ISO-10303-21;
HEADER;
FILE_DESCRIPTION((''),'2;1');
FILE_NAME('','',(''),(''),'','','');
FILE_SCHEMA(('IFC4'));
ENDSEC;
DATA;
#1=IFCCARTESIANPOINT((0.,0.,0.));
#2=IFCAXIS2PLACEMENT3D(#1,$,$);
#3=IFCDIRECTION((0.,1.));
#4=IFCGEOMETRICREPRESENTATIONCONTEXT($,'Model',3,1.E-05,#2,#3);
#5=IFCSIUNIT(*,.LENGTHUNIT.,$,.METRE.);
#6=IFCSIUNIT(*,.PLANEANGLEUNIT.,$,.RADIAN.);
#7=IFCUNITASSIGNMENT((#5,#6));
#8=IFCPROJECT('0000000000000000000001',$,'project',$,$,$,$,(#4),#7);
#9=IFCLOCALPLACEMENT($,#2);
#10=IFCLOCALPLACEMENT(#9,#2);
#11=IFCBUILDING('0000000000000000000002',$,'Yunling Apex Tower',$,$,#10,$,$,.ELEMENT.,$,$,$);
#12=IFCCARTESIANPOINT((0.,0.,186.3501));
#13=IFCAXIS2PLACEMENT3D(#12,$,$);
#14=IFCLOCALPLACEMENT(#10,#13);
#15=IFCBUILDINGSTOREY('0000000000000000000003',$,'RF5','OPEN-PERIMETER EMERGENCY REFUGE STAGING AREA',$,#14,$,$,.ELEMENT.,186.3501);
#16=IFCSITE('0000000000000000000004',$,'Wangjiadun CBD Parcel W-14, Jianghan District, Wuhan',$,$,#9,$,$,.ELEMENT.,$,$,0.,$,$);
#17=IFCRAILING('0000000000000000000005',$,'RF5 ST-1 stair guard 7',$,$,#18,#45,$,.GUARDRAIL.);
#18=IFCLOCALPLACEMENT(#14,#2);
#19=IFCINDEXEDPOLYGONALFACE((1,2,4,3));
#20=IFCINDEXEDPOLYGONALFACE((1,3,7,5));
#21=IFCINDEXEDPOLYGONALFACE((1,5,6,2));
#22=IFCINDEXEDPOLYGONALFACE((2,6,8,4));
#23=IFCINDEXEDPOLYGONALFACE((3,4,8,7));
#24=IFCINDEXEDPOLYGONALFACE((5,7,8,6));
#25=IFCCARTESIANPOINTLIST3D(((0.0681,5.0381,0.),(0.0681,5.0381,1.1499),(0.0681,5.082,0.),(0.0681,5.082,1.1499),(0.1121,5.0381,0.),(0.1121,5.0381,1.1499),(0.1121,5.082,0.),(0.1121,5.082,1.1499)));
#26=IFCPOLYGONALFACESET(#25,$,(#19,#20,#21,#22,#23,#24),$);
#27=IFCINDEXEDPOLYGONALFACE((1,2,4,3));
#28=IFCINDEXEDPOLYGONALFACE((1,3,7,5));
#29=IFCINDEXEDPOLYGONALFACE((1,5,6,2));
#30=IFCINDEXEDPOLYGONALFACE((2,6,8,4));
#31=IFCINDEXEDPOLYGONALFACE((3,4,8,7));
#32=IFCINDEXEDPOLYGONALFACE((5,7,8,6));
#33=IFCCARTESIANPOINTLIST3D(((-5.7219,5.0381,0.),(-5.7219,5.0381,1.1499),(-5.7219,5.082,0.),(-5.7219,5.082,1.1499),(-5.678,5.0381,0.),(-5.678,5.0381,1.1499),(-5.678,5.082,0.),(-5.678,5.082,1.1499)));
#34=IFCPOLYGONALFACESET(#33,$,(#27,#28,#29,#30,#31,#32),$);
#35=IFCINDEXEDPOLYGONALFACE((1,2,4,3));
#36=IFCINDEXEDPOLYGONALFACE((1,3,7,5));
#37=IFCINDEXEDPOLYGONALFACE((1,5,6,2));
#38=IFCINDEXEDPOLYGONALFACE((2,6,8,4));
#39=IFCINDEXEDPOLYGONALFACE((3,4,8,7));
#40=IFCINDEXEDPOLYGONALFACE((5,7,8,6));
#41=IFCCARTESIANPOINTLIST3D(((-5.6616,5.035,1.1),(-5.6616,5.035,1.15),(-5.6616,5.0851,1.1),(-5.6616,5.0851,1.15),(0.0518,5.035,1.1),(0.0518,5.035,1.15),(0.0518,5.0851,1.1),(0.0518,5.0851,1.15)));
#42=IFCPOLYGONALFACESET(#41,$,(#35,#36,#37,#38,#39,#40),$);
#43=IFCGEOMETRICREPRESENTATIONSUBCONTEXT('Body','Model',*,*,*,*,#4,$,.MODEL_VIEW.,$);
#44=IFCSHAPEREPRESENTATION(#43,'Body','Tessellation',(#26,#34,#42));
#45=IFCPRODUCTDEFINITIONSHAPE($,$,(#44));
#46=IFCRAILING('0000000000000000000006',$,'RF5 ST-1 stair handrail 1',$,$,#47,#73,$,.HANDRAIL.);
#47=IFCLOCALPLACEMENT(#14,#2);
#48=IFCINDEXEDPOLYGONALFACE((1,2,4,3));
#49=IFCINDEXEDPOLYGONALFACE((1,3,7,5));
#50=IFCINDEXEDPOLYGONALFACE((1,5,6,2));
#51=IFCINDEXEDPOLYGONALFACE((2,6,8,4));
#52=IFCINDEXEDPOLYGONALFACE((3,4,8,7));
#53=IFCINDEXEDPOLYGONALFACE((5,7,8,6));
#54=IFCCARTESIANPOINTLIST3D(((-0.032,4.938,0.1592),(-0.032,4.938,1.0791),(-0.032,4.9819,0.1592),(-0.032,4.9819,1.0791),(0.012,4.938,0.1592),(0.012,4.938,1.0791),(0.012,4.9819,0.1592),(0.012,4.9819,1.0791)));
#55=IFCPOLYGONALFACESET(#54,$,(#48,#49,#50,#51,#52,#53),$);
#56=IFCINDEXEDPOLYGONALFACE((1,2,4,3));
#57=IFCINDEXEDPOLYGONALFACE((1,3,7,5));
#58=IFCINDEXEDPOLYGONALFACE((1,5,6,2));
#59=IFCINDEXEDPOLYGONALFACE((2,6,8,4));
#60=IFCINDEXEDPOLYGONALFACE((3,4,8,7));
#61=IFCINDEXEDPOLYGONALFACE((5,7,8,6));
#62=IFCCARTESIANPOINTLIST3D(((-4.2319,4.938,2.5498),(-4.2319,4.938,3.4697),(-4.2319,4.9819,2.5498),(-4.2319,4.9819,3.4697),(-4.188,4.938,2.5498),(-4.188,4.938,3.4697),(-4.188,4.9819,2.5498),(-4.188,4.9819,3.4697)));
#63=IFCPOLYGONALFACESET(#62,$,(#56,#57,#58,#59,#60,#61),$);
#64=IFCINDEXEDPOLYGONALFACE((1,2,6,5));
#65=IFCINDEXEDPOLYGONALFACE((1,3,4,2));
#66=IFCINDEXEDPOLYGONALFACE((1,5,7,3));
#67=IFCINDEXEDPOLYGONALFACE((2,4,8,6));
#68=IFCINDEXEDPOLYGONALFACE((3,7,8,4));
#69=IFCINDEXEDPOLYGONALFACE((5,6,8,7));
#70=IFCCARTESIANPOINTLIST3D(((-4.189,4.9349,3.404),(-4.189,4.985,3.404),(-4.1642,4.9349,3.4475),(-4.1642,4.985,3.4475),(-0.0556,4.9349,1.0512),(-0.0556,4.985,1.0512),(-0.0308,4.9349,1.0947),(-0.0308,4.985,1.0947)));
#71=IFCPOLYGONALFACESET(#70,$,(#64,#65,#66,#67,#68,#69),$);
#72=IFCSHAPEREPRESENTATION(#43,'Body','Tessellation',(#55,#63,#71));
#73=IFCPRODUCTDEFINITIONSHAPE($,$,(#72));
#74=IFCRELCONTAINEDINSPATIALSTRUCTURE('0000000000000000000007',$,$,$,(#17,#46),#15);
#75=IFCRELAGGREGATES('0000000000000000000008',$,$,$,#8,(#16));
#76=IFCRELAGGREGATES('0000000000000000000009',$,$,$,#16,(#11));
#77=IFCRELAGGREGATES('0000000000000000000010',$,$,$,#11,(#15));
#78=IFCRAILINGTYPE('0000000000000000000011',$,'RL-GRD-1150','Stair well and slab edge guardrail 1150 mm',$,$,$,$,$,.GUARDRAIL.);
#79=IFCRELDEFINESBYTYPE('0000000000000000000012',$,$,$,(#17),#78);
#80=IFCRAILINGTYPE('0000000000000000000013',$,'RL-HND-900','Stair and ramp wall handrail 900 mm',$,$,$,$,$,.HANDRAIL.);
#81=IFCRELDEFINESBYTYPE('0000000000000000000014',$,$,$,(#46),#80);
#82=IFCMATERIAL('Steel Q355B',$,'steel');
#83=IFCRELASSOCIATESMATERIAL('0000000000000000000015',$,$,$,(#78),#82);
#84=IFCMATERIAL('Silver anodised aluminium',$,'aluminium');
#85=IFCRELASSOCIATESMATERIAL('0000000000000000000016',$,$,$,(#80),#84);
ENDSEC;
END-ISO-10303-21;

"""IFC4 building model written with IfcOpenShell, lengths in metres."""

from ifc_helpers import new_model, si_unit, direction, frame, origin, origin_2d, place, context, subcontext, project, spatial, rectangle, extrude, material, type_object, element, save


model = new_model("IFC4")

# Units and contexts
model_context = context("Model", 3, precision=1e-05, world=origin(), true_north=direction((0.0, 1.0)))
body_context = subcontext(model_context, "Body", "Model", "MODEL_VIEW")
ifc_project = project(units=[si_unit("LENGTHUNIT", "METRE"), si_unit("PLANEANGLEUNIT", "RADIAN")], contexts=[model_context])

# Site, building, storey
site_placement = place(None, origin())
site = spatial("IfcSite", under=ifc_project, at=site_placement, Name="Wangjiadun CBD Parcel W-14, Jianghan District, Wuhan", CompositionType="ELEMENT", RefElevation=0.0)
building_placement = place(site_placement, origin())
building = spatial("IfcBuilding", under=site, at=building_placement, Name="Yunling Apex Tower", CompositionType="ELEMENT")
storey_placement = place(building_placement, frame((0.0, 0.0, 186.3501)))
storey = spatial("IfcBuildingStorey", under=building, at=storey_placement, Name="RF5", Description="OPEN-PERIMETER EMERGENCY REFUGE STAGING AREA", CompositionType="ELEMENT", Elevation=186.3501)

# Shared definitions
ifc_material_1 = material(Name="Steel Q355B", Category="steel")

# Railings
railing_type_1 = type_object("IfcRailingType", Name="RL-GRD-1150", Description="Stair well and slab edge guardrail 1150 mm", PredefinedType="GUARDRAIL", material=ifc_material_1)
railing_1_placement = place(storey_placement, frame((0.0901, 5.0601, 0.0)))
element("IfcRailing", 1, at=railing_1_placement, inside=storey, type_object=railing_type_1, Name="RF5 ST-1 stair guard 7", PredefinedType="GUARDRAIL", context=body_context, shape_type="SweptSolid", body=[
    extrude(rectangle(XDim=0.0439, YDim=0.0439, at=origin_2d()), origin(), (0.0, 0.0, 1.0), 1.1499),
    extrude(rectangle(XDim=0.0439, YDim=0.0439, at=origin_2d()), frame((-5.79, 0.0, 0.0)), (0.0, 0.0, 1.0), 1.1499),
    extrude(rectangle(XDim=0.05, YDim=0.05, at=origin_2d()), frame((-0.0383, 0.0, 1.125), z_axis=(-1.0, 0.0, 0.0), x_axis=(0.0, -1.0, 0.0)), (0.0, 0.0, 1.0), 5.7134),
])
ifc_material_2 = material(Name="Silver anodised aluminium", Category="aluminium")
railing_type_2 = type_object("IfcRailingType", Name="RL-HND-900", Description="Stair and ramp wall handrail 900 mm", PredefinedType="HANDRAIL", material=ifc_material_2)
railing_2_placement = place(storey_placement, frame((-0.01, 4.96, 0.1592)))
element("IfcRailing", 2, at=railing_2_placement, inside=storey, type_object=railing_type_2, Name="RF5 ST-1 stair handrail 1", PredefinedType="HANDRAIL", context=body_context, shape_type="SweptSolid", body=[
    extrude(rectangle(XDim=0.0439, YDim=0.0439, at=origin_2d()), origin(), (0.0, 0.0, 1.0), 0.9199),
    extrude(rectangle(XDim=0.0439, YDim=0.0439, at=origin_2d()), frame((-4.2, 0.0, 2.3906)), (0.0, 0.0, 1.0), 0.9199),
    extrude(rectangle(XDim=0.05, YDim=0.05, at=origin_2d()), frame((-0.0332, 0.0, 0.9138), z_axis=(-0.869075, 0.0, 0.49468), x_axis=(0.0, -1.0, 0.0)), (0.0, 0.0, 1.0), 4.7561),
])

save(model, "model.ifc")
